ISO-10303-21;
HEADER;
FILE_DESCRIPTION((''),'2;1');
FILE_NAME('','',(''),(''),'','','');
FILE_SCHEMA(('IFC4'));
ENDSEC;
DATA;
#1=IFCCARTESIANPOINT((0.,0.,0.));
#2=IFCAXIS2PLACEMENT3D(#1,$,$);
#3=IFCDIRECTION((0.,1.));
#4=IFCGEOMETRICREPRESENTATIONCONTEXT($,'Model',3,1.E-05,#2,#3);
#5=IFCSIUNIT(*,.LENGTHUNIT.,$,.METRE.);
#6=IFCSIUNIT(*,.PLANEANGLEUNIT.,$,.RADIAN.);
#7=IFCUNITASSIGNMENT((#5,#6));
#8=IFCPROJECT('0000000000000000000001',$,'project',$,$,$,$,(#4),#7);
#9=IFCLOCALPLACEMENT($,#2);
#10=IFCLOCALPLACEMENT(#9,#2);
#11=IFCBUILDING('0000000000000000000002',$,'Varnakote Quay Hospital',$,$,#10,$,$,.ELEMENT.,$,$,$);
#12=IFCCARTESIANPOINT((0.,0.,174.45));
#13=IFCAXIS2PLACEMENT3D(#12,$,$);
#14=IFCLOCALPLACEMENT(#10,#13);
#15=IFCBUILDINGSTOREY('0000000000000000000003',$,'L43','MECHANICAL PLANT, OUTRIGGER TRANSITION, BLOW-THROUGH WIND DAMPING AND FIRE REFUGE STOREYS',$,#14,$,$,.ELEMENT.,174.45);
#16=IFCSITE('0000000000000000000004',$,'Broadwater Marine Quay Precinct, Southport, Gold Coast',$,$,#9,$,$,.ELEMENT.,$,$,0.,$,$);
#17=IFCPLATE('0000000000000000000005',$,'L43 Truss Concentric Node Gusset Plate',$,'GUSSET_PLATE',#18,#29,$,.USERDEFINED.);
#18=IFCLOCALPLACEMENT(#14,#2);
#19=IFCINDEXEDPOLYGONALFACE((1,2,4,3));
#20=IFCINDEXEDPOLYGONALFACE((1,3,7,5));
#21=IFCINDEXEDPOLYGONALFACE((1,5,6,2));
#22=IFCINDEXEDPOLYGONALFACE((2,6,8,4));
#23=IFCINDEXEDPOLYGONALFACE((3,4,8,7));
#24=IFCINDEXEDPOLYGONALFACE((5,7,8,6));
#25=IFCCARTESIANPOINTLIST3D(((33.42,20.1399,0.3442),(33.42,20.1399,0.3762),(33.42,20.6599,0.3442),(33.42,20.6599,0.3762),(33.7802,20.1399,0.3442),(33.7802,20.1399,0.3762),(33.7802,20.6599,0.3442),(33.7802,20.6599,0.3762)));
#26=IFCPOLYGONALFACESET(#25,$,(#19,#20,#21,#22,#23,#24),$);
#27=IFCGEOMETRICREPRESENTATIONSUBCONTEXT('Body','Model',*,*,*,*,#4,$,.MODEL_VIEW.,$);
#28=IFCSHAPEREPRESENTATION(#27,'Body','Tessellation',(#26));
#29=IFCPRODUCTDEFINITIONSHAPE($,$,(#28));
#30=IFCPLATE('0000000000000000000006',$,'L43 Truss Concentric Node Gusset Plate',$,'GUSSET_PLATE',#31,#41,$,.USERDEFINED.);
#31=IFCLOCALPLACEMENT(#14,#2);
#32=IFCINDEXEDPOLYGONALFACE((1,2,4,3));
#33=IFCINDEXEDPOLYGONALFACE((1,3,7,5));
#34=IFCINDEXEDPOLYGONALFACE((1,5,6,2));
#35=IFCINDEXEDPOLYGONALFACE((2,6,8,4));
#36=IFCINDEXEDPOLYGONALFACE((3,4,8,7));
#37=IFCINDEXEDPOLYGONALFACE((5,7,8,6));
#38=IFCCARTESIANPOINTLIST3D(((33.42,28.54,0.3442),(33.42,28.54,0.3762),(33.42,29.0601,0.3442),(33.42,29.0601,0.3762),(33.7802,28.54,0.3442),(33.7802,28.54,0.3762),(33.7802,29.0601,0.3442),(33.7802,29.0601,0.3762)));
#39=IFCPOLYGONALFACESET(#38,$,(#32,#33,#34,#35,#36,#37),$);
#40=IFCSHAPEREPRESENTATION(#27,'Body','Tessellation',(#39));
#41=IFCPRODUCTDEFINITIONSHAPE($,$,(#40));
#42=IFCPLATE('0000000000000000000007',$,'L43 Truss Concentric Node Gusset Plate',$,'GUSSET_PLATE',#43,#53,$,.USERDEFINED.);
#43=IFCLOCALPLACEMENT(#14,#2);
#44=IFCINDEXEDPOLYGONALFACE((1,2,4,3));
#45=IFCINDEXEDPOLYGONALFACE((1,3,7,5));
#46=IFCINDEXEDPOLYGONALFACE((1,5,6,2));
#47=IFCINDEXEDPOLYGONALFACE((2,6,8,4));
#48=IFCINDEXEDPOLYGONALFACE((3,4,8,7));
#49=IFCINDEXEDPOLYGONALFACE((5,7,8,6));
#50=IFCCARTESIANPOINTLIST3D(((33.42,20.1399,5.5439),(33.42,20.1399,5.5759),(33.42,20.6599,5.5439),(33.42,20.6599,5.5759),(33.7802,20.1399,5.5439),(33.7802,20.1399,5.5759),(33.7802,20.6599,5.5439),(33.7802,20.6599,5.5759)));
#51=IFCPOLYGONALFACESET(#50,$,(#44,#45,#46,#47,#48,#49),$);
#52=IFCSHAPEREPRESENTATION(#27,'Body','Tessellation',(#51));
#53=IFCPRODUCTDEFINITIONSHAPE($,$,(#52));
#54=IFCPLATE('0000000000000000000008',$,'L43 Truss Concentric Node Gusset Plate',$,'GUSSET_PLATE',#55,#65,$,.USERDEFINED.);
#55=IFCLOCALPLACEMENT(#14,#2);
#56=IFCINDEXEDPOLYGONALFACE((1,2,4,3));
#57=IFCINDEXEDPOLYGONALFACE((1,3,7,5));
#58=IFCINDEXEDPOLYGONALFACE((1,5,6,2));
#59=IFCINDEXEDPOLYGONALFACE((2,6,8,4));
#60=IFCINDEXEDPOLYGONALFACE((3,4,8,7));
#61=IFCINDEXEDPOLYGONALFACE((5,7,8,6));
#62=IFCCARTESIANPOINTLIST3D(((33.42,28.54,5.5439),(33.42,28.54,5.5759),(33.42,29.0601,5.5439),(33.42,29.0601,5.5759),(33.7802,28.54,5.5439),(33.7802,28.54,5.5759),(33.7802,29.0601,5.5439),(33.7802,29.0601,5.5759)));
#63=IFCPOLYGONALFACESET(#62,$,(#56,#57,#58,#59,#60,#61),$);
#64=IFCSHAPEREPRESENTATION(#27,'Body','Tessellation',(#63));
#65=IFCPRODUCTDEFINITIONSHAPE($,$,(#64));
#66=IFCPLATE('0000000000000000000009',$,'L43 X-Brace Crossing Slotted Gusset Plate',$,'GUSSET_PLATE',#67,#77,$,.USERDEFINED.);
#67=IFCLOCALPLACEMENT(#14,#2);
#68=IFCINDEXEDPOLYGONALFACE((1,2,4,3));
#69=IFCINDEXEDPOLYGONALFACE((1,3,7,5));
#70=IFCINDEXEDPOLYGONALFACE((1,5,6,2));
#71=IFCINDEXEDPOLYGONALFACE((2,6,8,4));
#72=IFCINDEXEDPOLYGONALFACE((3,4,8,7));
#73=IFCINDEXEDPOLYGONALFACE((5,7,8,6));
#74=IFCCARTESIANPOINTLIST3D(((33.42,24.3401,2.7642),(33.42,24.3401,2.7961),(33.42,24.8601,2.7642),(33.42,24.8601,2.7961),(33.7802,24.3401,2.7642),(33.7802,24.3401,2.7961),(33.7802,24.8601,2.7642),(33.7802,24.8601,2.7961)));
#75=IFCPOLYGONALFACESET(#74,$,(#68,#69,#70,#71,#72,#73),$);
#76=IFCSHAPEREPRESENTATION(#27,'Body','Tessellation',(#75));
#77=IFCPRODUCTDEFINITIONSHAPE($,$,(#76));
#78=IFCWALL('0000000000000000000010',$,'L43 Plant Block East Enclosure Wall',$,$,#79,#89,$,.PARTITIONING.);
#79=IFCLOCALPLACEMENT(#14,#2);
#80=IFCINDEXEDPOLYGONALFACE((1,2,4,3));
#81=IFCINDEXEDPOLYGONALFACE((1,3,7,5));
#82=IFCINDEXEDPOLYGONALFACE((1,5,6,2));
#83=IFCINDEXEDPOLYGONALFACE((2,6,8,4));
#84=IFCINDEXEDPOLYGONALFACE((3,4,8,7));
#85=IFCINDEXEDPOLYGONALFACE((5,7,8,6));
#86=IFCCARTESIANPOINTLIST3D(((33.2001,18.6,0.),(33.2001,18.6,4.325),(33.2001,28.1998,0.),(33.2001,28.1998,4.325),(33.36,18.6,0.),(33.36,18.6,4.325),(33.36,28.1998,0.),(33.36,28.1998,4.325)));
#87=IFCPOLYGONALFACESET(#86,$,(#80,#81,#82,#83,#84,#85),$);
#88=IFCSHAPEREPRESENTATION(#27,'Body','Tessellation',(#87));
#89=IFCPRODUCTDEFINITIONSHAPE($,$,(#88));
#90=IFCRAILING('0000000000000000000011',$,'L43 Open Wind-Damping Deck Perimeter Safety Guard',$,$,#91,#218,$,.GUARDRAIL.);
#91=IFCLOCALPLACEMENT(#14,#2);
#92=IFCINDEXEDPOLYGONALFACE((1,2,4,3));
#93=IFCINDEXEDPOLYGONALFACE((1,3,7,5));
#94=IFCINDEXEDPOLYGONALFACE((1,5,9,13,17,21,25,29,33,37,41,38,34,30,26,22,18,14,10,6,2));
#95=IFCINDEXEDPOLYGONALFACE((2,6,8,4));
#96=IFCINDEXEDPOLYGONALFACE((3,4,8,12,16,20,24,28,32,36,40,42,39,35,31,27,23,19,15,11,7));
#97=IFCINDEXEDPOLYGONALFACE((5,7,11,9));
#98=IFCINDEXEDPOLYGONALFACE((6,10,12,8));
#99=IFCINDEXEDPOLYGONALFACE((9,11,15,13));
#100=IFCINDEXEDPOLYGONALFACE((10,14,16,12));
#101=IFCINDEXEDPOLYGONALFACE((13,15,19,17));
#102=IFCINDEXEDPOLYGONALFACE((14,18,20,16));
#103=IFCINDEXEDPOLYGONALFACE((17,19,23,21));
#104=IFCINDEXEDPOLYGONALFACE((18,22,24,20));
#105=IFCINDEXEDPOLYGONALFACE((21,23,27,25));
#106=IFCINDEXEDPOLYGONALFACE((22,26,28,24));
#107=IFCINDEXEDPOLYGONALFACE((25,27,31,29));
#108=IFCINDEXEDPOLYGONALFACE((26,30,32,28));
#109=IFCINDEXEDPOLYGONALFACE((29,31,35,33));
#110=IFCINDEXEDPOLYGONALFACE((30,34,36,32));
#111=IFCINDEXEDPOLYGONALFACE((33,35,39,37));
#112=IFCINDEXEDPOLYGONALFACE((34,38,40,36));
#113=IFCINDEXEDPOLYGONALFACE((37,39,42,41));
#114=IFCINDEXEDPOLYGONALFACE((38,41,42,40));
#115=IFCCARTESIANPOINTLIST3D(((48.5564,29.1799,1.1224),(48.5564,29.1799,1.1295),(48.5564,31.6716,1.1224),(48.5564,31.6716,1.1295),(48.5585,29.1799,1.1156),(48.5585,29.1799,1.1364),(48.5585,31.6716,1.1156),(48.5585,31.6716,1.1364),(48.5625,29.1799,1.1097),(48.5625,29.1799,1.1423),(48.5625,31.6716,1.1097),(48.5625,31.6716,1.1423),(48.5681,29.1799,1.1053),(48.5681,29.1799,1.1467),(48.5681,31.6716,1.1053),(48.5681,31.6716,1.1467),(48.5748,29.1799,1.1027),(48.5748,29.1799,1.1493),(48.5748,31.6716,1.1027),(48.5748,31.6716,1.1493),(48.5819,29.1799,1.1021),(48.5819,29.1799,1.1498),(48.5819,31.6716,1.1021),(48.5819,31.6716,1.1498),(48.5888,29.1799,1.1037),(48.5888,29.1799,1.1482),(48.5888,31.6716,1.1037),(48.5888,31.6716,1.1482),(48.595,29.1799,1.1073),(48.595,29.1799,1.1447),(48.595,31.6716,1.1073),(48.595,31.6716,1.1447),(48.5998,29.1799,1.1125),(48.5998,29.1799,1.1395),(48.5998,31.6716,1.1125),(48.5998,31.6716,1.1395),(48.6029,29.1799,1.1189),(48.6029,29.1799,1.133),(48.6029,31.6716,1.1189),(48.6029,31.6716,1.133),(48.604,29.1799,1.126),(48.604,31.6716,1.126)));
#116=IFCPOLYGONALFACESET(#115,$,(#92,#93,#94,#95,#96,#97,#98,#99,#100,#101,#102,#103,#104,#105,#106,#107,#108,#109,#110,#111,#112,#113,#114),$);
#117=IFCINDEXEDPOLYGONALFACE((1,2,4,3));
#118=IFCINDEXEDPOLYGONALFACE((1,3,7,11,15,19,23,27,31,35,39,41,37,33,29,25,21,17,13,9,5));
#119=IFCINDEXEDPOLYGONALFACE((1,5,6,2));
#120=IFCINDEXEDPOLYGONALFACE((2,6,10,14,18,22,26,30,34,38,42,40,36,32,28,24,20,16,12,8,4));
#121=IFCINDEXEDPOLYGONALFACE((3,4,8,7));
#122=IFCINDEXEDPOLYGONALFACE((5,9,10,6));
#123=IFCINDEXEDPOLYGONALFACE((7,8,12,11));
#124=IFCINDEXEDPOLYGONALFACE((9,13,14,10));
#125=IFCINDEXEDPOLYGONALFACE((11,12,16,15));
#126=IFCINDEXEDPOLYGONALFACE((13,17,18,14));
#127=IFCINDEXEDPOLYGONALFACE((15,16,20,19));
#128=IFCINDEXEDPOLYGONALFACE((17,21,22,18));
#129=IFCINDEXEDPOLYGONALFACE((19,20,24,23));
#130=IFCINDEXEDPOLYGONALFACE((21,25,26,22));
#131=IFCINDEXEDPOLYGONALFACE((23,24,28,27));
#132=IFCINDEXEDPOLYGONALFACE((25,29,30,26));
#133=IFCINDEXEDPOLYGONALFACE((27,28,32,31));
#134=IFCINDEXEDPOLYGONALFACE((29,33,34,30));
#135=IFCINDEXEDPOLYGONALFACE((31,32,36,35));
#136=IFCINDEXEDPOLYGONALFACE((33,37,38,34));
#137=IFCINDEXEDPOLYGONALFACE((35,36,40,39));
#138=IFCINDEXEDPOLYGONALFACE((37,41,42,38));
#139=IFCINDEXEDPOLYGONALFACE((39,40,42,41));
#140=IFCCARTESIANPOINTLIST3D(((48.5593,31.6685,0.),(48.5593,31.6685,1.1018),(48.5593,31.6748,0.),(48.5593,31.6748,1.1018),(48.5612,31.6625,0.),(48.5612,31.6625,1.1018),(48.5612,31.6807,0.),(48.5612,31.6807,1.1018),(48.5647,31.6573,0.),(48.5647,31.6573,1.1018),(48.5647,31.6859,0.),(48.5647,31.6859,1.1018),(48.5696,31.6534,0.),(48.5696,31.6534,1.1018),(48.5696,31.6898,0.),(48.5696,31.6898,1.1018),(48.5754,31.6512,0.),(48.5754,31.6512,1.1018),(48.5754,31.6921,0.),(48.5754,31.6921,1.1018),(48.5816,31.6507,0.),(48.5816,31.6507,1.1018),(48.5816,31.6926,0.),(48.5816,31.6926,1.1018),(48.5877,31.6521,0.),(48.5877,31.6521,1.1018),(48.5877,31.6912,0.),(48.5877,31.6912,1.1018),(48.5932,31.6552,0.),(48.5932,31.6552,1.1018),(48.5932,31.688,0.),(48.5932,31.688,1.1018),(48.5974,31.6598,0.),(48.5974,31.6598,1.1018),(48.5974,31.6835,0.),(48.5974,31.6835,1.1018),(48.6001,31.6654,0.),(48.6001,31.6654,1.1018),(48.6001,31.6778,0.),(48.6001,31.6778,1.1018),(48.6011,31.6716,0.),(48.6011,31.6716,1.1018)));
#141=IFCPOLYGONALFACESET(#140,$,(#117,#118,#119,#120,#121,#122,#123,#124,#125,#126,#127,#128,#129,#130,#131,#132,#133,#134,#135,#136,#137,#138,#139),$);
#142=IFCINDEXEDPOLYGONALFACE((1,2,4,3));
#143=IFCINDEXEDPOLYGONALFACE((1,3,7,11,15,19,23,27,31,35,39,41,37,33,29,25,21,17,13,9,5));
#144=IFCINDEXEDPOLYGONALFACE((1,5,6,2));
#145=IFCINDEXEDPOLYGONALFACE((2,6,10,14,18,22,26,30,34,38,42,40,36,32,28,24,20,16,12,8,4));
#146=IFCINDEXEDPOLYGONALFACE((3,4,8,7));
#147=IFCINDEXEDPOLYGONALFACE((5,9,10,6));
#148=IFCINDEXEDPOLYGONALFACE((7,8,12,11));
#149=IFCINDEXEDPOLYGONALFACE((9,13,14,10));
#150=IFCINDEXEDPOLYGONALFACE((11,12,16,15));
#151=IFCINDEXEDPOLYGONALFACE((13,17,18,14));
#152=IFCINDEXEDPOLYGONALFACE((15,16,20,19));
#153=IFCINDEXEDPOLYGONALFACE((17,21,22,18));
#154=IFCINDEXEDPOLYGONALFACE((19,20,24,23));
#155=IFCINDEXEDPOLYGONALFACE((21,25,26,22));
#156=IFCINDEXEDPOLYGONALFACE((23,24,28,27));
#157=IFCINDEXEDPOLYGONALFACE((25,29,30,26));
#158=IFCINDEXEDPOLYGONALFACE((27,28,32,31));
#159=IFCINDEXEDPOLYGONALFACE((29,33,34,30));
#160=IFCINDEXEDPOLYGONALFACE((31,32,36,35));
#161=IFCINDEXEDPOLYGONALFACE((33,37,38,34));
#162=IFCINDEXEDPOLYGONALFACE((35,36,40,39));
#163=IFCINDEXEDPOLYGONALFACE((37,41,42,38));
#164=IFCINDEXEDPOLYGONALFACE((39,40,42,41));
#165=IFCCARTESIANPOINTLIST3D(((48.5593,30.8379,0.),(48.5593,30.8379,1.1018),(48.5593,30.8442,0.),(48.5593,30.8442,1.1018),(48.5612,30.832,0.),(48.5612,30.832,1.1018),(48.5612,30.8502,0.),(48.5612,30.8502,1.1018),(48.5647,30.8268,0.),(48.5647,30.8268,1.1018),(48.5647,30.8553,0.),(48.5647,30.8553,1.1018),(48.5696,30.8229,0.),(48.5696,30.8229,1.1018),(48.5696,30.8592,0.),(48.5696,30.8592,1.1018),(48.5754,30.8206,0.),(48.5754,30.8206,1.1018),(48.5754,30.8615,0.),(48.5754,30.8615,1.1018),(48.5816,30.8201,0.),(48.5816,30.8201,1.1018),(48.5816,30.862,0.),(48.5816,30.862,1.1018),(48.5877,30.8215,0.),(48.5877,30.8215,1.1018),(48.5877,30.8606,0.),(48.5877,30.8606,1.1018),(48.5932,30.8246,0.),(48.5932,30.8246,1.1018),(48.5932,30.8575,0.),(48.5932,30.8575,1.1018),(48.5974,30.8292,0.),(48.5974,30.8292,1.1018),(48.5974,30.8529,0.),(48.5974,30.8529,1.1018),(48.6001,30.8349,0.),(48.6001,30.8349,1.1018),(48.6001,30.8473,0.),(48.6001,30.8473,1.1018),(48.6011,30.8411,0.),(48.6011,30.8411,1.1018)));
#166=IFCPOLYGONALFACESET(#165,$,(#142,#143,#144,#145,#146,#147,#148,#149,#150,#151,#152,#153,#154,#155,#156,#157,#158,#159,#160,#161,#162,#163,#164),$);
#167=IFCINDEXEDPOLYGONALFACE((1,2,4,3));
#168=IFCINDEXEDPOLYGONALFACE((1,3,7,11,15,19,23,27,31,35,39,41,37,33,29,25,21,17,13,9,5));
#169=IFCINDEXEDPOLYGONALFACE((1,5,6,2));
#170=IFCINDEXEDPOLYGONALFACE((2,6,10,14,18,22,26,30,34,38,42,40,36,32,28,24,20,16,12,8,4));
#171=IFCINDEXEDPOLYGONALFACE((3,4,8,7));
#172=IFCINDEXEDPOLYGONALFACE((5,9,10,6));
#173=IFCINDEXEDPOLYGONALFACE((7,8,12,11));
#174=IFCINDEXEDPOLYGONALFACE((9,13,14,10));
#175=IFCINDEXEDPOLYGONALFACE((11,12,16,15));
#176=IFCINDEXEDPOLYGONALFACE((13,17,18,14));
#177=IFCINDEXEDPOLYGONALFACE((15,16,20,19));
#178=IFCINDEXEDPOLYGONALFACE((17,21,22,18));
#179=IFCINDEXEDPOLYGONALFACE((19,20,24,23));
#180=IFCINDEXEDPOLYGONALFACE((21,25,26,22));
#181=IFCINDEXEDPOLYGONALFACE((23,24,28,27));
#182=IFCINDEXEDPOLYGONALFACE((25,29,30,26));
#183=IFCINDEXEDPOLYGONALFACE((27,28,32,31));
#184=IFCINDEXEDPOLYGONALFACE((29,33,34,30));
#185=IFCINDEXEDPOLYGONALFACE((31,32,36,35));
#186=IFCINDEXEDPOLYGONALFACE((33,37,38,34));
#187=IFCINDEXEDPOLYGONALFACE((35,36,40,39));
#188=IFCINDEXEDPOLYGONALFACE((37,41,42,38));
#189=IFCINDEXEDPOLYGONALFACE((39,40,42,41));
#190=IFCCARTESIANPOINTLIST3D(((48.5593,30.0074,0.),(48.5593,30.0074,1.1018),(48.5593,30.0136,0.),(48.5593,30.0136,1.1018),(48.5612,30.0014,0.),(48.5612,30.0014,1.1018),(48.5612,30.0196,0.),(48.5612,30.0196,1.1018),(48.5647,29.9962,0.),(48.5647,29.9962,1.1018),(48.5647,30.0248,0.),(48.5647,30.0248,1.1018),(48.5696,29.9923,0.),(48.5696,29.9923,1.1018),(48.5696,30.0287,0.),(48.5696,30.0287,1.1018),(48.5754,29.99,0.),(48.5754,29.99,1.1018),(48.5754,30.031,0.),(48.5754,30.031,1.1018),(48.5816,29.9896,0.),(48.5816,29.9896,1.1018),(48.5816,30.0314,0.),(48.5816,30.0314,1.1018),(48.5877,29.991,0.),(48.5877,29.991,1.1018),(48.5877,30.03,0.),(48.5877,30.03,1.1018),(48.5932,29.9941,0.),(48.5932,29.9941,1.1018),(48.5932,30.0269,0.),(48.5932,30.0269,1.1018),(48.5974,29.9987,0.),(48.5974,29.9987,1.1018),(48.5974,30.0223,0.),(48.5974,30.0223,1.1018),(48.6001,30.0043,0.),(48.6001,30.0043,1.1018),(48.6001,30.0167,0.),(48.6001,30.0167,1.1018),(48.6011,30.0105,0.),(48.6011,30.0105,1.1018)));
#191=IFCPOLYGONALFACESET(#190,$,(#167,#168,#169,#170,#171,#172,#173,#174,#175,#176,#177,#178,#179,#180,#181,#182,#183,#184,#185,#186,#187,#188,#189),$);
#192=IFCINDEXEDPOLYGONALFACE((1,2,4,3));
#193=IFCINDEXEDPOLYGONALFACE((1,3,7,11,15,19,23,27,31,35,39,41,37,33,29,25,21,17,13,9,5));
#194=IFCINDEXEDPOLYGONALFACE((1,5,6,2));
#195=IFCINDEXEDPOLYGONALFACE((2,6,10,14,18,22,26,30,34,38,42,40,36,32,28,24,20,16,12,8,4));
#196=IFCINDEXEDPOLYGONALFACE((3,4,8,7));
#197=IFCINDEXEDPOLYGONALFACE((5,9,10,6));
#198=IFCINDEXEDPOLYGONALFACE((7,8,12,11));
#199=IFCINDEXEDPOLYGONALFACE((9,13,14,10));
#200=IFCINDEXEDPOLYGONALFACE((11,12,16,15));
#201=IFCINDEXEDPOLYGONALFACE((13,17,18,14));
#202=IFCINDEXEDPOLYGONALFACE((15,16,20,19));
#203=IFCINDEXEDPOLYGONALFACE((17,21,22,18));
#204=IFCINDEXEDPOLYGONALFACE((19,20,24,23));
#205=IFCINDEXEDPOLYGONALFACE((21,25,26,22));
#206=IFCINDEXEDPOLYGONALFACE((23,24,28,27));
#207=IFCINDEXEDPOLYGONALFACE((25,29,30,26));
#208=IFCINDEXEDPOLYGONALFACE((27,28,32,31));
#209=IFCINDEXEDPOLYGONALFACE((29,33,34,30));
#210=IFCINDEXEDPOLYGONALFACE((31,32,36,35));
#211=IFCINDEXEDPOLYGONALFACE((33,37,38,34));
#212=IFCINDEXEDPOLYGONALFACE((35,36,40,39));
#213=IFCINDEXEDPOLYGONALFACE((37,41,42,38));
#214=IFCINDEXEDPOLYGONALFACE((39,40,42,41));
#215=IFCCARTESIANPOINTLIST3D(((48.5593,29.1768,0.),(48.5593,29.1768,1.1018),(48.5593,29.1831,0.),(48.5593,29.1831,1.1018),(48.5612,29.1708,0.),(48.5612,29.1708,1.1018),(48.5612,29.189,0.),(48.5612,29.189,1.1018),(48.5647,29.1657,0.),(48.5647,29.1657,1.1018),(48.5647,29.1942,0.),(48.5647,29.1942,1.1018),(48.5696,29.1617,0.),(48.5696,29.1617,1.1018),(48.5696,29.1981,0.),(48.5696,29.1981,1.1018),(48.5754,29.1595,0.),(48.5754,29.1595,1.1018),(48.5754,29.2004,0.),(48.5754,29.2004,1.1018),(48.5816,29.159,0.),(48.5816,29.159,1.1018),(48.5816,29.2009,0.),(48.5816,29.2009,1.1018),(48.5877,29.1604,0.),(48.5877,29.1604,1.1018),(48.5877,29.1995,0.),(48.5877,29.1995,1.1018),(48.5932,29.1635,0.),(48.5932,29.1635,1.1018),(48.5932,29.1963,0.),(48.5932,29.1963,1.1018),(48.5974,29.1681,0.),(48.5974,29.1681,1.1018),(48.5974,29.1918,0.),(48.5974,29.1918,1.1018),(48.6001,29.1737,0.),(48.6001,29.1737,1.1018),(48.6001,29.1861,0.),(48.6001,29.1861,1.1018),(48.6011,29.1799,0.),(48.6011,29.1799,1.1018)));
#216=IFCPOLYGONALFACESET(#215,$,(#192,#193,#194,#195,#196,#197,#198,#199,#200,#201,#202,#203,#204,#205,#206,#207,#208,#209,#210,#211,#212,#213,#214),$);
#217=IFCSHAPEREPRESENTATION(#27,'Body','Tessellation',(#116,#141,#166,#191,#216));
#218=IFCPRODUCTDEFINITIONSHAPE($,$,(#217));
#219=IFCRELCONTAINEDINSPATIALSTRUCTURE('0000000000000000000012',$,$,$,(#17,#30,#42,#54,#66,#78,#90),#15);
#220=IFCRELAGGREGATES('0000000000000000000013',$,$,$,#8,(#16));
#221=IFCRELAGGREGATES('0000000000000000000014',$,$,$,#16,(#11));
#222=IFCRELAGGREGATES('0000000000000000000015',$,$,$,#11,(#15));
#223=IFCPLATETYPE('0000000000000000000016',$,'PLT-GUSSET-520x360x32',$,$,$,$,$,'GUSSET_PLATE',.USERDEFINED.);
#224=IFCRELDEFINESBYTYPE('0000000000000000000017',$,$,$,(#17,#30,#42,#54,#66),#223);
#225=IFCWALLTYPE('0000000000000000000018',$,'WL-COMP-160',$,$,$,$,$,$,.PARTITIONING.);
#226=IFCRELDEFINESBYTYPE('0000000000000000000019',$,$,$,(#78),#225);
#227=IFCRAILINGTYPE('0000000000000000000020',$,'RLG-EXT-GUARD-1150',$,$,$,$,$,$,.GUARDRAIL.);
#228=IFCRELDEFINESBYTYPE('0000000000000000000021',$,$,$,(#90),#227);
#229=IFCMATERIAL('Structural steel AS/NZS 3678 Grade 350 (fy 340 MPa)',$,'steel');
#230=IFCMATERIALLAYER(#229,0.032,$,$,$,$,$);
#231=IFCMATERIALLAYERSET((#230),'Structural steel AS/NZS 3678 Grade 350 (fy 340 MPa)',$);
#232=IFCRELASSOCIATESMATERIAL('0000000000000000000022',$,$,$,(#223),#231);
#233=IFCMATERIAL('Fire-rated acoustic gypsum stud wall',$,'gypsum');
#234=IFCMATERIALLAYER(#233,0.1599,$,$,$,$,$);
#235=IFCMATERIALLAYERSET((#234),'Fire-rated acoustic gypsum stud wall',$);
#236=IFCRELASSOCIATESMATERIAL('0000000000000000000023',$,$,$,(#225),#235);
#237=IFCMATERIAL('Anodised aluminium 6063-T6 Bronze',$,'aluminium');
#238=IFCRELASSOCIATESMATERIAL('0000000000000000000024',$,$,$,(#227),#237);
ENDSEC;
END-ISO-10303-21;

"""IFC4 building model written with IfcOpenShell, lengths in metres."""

from ifc_helpers import new_model, si_unit, direction, frame, frame_2d, origin, origin_2d, place, context, subcontext, project, spatial, rectangle, circle, extrude, material, layer, layer_set, type_object, element, save


model = new_model("IFC4")

# Units and contexts
model_context = context("Model", 3, precision=1e-05, world=origin(), true_north=direction((0.0, 1.0)))
body_context = subcontext(model_context, "Body", "Model", "MODEL_VIEW")
ifc_project = project(units=[si_unit("LENGTHUNIT", "METRE"), si_unit("PLANEANGLEUNIT", "RADIAN")], contexts=[model_context])

# Site, building, storey
site_placement = place(None, origin())
site = spatial("IfcSite", under=ifc_project, at=site_placement, Name="Broadwater Marine Quay Precinct, Southport, Gold Coast", CompositionType="ELEMENT", RefElevation=0.0)
building_placement = place(site_placement, origin())
building = spatial("IfcBuilding", under=site, at=building_placement, Name="Varnakote Quay Hospital", CompositionType="ELEMENT")
storey_placement = place(building_placement, frame((0.0, 0.0, 174.45)))
storey = spatial("IfcBuildingStorey", under=building, at=storey_placement, Name="L43", Description="MECHANICAL PLANT, OUTRIGGER TRANSITION, BLOW-THROUGH WIND DAMPING AND FIRE REFUGE STOREYS", CompositionType="ELEMENT", Elevation=174.45)

# Plates
ifc_material_1 = material(Name="Structural steel AS/NZS 3678 Grade 350 (fy 340 MPa)", Category="steel")
ifc_layer_1 = layer(ifc_material_1, 0.032)
ifc_layer_set_1 = layer_set([ifc_layer_1], Name="Structural steel AS/NZS 3678 Grade 350 (fy 340 MPa)")
plate_type_1 = type_object("IfcPlateType", Name="PLT-GUSSET-520x360x32", ElementType="GUSSET_PLATE", PredefinedType="USERDEFINED", material=ifc_layer_set_1)
for number, where, z_axis, x_axis, name in (
    (1, (33.6001, 20.3999, 0.3442), (0.0, 0.0, 1.0), (0.0, 1.0, 0.0), "L43 Truss Concentric Node Gusset Plate"),
    (2, (33.6001, 28.8, 0.3442), (0.0, 0.0, 1.0), (0.0, 1.0, 0.0), "L43 Truss Concentric Node Gusset Plate"),
    (3, (33.6001, 20.3999, 5.5439), (0.0, 0.0, 1.0), (0.0, 1.0, 0.0), "L43 Truss Concentric Node Gusset Plate"),
    (4, (33.6001, 28.8, 5.5439), (0.0, 0.0, 1.0), (0.0, 1.0, 0.0), "L43 Truss Concentric Node Gusset Plate"),
    (5, (33.6001, 24.6001, 2.7642), (0.0, 0.0, 1.0), (0.0, 1.0, 0.0), "L43 X-Brace Crossing Slotted Gusset Plate"),
):
    element("IfcPlate", number, at=place(storey_placement, frame(where, z_axis=z_axis, x_axis=x_axis)), inside=storey, type_object=plate_type_1, Name=name, ObjectType="GUSSET_PLATE", PredefinedType="USERDEFINED", context=body_context, shape_type="SweptSolid", body=[
        extrude(rectangle(XDim=0.52, YDim=0.3601, at=origin_2d()), origin(), (0.0, 0.0, 1.0), 0.032),
    ])

# Wall
ifc_material_2 = material(Name="Fire-rated acoustic gypsum stud wall", Category="gypsum")
ifc_layer_2 = layer(ifc_material_2, 0.1599)
ifc_layer_set_2 = layer_set([ifc_layer_2], Name="Fire-rated acoustic gypsum stud wall")
wall_type = type_object("IfcWallType", Name="WL-COMP-160", PredefinedType="PARTITIONING", material=ifc_layer_set_2)
wall_placement = place(storey_placement, frame((33.28, 18.6001, 0.0), z_axis=(0.0, 0.0, 1.0), x_axis=(0.0, 1.0, 0.0)))
element("IfcWall", 6, at=wall_placement, inside=storey, type_object=wall_type, Name="L43 Plant Block East Enclosure Wall", PredefinedType="PARTITIONING", context=body_context, shape_type="SweptSolid", body=[
    extrude(rectangle(XDim=9.5999, YDim=0.1599, at=frame_2d((4.7998, 0.0))), origin(), (0.0, 0.0, 1.0), 4.325),
])

# Railing
ifc_material_3 = material(Name="Anodised aluminium 6063-T6 Bronze", Category="aluminium")
railing_type = type_object("IfcRailingType", Name="RLG-EXT-GUARD-1150", PredefinedType="GUARDRAIL", material=ifc_material_3)
railing_1_placement = place(storey_placement, frame((48.5801, 31.6716, 0.0)))
element("IfcRailing", 7, at=railing_1_placement, inside=storey, type_object=railing_type, Name="L43 Open Wind-Damping Deck Perimeter Safety Guard", PredefinedType="GUARDRAIL", context=body_context, shape_type="SweptSolid", body=[
    extrude(circle(Radius=0.0239, at=origin_2d()), frame((0.0, 0.0, 1.126), z_axis=(0.0, -1.0, 0.0), x_axis=(1.0, 0.0, 0.0)), (0.0, 0.0, 1.0), 2.4917),
    extrude(circle(Radius=0.021, at=origin_2d()), origin(), (0.0, 0.0, 1.0), 1.1018),
    extrude(circle(Radius=0.021, at=origin_2d()), frame((0.0, -0.8306, 0.0)), (0.0, 0.0, 1.0), 1.1018),
    extrude(circle(Radius=0.021, at=origin_2d()), frame((0.0, -1.6611, 0.0)), (0.0, 0.0, 1.0), 1.1018),
    extrude(circle(Radius=0.021, at=origin_2d()), frame((0.0, -2.4917, 0.0)), (0.0, 0.0, 1.0), 1.1018),
])

save(model, "model.ifc")
